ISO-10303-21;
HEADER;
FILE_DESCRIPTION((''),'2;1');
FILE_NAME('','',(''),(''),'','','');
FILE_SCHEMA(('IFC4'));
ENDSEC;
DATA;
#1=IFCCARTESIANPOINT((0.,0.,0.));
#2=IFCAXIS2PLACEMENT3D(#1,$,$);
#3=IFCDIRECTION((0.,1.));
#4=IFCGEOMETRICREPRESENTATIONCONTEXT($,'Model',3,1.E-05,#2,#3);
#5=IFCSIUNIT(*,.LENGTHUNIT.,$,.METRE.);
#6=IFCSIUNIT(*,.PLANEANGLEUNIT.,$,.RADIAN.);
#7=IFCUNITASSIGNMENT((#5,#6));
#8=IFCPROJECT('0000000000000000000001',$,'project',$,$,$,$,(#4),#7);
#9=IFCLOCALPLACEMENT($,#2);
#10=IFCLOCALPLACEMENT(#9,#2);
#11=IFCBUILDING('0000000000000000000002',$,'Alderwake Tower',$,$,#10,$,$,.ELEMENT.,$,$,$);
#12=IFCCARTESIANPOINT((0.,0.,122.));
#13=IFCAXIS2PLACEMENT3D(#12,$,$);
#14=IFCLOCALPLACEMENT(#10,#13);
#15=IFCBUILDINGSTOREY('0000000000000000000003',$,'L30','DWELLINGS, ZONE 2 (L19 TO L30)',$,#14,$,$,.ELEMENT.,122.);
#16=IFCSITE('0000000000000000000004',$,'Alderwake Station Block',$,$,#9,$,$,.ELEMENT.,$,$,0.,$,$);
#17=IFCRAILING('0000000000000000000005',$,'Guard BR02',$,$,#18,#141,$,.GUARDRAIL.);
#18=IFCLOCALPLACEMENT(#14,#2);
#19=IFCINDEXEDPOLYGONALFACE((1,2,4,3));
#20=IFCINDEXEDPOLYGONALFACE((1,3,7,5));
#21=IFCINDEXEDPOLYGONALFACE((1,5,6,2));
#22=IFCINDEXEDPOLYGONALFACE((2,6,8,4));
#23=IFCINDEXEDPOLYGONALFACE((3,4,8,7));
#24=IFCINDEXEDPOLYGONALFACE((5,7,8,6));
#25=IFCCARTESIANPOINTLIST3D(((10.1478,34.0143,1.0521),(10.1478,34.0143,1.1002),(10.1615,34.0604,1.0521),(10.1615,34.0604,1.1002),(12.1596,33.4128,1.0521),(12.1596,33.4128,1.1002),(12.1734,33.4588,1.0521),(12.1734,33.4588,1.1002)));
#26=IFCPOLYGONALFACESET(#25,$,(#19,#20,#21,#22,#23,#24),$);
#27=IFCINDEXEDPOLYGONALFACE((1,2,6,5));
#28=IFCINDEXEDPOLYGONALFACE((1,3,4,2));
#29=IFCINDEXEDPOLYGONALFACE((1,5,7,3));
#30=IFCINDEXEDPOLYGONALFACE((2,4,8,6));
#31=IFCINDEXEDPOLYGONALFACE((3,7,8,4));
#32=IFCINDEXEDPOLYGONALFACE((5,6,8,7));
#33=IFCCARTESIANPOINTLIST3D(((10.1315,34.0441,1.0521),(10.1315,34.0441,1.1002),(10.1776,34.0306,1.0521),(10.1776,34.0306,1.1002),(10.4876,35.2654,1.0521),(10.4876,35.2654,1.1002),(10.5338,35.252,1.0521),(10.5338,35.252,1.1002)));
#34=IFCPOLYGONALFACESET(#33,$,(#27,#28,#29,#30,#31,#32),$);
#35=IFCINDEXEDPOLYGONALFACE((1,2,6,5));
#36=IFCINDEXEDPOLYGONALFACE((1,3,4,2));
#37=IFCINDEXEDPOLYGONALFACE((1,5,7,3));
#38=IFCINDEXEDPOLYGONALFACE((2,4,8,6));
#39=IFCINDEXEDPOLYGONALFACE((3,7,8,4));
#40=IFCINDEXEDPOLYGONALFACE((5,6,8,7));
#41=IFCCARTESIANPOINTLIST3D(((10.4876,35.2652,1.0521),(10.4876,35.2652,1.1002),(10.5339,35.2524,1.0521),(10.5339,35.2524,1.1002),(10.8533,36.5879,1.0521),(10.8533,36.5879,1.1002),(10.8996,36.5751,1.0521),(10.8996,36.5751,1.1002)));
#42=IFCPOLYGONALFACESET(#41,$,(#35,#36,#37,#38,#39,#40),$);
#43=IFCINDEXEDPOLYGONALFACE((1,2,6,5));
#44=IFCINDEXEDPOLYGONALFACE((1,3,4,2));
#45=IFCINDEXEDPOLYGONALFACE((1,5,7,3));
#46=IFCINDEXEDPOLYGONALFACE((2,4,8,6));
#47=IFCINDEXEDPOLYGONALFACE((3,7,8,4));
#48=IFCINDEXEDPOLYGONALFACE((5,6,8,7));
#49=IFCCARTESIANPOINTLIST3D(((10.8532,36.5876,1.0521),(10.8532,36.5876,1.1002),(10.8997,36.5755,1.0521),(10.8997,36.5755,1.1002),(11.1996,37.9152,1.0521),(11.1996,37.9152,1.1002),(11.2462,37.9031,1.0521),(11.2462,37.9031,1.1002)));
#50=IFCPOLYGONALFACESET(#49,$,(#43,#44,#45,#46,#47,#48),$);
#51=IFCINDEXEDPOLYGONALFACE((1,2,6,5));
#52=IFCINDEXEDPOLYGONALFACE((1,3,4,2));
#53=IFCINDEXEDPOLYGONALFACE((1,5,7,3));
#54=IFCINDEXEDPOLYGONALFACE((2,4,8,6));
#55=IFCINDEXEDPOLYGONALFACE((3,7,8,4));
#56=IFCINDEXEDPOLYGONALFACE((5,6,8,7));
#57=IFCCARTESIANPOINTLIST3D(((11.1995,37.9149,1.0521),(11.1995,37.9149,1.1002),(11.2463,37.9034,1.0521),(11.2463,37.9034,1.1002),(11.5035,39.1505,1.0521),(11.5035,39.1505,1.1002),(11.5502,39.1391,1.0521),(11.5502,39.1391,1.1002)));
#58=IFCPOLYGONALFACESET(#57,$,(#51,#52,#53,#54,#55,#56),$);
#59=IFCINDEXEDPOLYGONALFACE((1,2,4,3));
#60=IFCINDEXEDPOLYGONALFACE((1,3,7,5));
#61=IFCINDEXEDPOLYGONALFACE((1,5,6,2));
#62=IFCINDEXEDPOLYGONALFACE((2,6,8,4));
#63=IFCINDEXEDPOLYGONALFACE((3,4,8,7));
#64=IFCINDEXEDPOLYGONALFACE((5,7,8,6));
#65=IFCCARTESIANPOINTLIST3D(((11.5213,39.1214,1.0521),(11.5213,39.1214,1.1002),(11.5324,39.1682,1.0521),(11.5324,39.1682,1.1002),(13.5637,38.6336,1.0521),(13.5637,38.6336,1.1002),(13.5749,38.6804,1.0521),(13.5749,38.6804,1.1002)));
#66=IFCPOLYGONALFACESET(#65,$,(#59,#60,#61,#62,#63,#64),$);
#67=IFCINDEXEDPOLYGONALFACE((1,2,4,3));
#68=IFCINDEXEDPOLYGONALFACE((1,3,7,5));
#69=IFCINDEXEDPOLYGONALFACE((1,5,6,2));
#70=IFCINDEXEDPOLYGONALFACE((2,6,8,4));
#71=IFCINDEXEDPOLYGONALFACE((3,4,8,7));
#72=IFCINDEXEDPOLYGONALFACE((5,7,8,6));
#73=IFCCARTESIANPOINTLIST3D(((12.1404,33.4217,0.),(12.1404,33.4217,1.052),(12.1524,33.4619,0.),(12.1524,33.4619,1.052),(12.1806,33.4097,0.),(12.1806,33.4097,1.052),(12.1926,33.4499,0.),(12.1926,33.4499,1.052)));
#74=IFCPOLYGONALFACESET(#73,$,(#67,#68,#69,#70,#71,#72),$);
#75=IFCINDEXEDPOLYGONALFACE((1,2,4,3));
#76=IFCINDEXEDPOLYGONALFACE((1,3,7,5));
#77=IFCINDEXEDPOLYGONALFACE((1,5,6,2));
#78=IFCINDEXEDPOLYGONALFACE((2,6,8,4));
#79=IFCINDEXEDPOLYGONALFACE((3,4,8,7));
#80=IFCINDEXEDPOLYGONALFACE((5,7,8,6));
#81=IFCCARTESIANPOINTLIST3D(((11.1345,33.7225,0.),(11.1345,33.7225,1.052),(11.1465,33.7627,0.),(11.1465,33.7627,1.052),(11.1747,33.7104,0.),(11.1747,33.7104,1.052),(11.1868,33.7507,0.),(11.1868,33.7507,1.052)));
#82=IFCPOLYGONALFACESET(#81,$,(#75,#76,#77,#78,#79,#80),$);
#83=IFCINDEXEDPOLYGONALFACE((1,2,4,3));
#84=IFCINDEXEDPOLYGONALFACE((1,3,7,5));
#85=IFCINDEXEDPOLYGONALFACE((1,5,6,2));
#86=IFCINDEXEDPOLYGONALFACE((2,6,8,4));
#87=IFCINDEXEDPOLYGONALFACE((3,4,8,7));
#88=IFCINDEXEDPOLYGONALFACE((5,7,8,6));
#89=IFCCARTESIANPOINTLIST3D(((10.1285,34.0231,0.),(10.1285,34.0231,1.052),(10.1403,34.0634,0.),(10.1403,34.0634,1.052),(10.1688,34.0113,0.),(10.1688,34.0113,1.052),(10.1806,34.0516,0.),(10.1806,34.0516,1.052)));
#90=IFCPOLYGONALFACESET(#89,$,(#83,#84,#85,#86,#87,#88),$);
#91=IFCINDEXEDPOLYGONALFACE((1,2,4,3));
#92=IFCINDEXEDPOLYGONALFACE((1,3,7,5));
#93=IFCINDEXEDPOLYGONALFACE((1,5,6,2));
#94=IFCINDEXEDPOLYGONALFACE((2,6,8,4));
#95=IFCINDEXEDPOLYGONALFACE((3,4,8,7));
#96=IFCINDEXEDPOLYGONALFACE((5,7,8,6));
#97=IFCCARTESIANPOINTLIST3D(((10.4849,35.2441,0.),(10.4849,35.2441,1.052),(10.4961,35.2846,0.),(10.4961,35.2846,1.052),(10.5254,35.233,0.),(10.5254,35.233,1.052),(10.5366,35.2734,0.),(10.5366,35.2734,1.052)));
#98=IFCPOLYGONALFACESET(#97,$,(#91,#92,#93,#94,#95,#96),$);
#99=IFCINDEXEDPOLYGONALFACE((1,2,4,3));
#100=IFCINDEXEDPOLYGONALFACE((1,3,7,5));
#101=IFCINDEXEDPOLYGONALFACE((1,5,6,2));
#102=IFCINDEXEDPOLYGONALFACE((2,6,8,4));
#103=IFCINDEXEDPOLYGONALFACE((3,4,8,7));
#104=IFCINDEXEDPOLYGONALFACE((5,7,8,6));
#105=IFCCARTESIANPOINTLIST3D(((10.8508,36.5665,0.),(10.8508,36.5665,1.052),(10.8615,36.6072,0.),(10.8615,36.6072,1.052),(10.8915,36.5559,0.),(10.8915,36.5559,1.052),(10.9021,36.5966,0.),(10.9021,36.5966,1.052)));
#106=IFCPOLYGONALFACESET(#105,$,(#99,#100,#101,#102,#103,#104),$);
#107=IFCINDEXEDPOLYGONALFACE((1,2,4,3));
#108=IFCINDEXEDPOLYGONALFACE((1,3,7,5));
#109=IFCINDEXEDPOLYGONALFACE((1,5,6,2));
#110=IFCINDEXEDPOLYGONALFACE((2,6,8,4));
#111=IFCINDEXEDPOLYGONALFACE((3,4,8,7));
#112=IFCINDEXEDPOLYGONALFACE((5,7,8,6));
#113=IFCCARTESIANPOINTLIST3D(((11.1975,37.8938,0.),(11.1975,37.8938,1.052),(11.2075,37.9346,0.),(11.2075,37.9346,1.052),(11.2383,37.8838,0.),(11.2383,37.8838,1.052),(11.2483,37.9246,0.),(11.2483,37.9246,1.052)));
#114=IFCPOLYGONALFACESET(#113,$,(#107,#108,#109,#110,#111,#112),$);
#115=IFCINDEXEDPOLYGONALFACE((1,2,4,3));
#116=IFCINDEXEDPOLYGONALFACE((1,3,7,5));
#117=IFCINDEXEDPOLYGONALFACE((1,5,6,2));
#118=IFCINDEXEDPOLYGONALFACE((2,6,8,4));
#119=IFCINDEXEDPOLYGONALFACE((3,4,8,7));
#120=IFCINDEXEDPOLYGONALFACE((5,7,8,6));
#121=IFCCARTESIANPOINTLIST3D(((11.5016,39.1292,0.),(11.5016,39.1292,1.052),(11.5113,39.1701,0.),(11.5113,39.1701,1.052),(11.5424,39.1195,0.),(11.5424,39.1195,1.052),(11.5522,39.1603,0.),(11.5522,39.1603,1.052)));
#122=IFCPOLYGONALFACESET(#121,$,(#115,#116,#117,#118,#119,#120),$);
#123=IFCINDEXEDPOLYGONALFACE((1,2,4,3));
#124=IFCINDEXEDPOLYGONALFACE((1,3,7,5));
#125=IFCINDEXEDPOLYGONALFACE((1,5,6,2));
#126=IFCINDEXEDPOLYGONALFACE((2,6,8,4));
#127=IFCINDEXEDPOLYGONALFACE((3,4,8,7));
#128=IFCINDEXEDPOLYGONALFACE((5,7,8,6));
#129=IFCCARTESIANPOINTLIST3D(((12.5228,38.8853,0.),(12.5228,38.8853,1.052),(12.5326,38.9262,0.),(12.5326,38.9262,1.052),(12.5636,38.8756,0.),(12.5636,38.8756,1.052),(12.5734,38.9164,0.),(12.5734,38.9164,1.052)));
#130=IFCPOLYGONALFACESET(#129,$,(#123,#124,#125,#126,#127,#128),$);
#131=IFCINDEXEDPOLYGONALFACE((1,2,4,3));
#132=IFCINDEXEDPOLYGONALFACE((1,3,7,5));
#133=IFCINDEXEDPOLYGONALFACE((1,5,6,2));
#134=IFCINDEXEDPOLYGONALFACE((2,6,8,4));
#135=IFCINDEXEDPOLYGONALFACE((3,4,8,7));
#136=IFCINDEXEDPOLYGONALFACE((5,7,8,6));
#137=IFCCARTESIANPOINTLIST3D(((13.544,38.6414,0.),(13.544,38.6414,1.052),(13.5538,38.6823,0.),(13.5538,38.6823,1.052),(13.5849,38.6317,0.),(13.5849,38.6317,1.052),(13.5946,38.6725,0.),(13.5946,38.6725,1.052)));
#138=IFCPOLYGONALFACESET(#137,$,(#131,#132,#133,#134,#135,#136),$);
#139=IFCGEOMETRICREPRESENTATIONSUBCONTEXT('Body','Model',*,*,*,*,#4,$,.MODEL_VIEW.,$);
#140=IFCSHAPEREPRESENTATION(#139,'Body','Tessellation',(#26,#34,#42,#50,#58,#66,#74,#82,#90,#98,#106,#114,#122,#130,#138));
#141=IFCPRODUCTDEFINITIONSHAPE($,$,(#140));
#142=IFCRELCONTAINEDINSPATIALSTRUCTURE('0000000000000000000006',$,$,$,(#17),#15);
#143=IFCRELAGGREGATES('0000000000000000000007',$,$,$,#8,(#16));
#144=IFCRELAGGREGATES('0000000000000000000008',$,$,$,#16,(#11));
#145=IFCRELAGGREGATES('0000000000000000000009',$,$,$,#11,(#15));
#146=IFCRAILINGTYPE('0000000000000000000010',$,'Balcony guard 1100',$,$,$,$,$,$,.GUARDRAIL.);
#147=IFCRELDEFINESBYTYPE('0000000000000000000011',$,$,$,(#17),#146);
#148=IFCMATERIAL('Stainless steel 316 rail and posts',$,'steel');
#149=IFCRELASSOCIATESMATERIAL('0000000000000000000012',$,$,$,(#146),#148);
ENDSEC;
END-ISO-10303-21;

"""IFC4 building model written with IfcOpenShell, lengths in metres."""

from ifc_helpers import new_model, si_unit, direction, frame, origin, origin_2d, place, context, subcontext, project, spatial, rectangle, extrude, material, type_object, element, save


model = new_model("IFC4")

# Units and contexts
model_context = context("Model", 3, precision=1e-05, world=origin(), true_north=direction((0.0, 1.0)))
body_context = subcontext(model_context, "Body", "Model", "MODEL_VIEW")
ifc_project = project(units=[si_unit("LENGTHUNIT", "METRE"), si_unit("PLANEANGLEUNIT", "RADIAN")], contexts=[model_context])

# Site, building, storey
site_placement = place(None, origin())
site = spatial("IfcSite", under=ifc_project, at=site_placement, Name="Alderwake Station Block", CompositionType="ELEMENT", RefElevation=0.0)
building_placement = place(site_placement, origin())
building = spatial("IfcBuilding", under=site, at=building_placement, Name="Alderwake Tower", CompositionType="ELEMENT")
storey_placement = place(building_placement, frame((0.0, 0.0, 122.0)))
storey = spatial("IfcBuildingStorey", under=building, at=storey_placement, Name="L30", Description="DWELLINGS, ZONE 2 (L19 TO L30)", CompositionType="ELEMENT", Elevation=122.0)

# Railing
ifc_material_1 = material(Name="Stainless steel 316 rail and posts", Category="steel")
railing_type = type_object("IfcRailingType", Name="Balcony guard 1100", PredefinedType="GUARDRAIL", material=ifc_material_1)
railing_1_placement = place(storey_placement, frame((12.1665, 33.4358, 0.0)))
element("IfcRailing", 1, at=railing_1_placement, inside=storey, type_object=railing_type, Name="Guard BR02", PredefinedType="GUARDRAIL", context=body_context, shape_type="SweptSolid", body=[
    extrude(rectangle(XDim=0.0481, YDim=0.0481, at=origin_2d()), frame((0.0, 0.0, 1.0762), z_axis=(-0.958091, 0.286462, 0.0), x_axis=(-0.286462, -0.958091, 0.0)), (0.0, 0.0, 1.0), 2.0999),
    extrude(rectangle(XDim=0.0481, YDim=0.0481, at=origin_2d()), frame((-2.012, 0.6016, 1.0762), z_axis=(0.279963, 0.960011, 0.0), x_axis=(-0.960011, 0.279963, 0.0)), (0.0, 0.0, 1.0), 1.2722),
    extrude(rectangle(XDim=0.0481, YDim=0.0481, at=origin_2d()), frame((-1.6558, 1.823, 1.0762), z_axis=(0.266488, 0.963838, 0.0), x_axis=(-0.963838, 0.266488, 0.0)), (0.0, 0.0, 1.0), 1.3723),
    extrude(rectangle(XDim=0.0481, YDim=0.0481, at=origin_2d()), frame((-1.29, 3.1458, 1.0762), z_axis=(0.252487, 0.9676, 0.0), x_axis=(-0.9676, 0.252487, 0.0)), (0.0, 0.0, 1.0), 1.3721),
    extrude(rectangle(XDim=0.0481, YDim=0.0481, at=origin_2d()), frame((-0.9436, 4.4734, 1.0762), z_axis=(0.238877, 0.97105, 0.0), x_axis=(-0.97105, 0.238877, 0.0)), (0.0, 0.0, 1.0), 1.2725),
    extrude(rectangle(XDim=0.0481, YDim=0.0481, at=origin_2d()), frame((-0.6396, 5.709, 1.0762), z_axis=(0.972646, -0.232291, 0.0), x_axis=(0.232291, 0.972646, 0.0)), (0.0, 0.0, 1.0), 2.0999),
    extrude(rectangle(XDim=0.042, YDim=0.042, at=origin_2d()), frame((0.0, 0.0, 0.0), z_axis=(0.0, 0.0, 1.0), x_axis=(-0.958091, 0.286462, 0.0)), (0.0, 0.0, 1.0), 1.052),
    extrude(rectangle(XDim=0.042, YDim=0.042, at=origin_2d()), frame((-1.0059, 0.3008, 0.0), z_axis=(0.0, 0.0, 1.0), x_axis=(-0.958091, 0.286462, 0.0)), (0.0, 0.0, 1.0), 1.052),
    extrude(rectangle(XDim=0.042, YDim=0.042, at=origin_2d()), frame((-2.012, 0.6016, 0.0), z_axis=(0.0, 0.0, 1.0), x_axis=(0.279963, 0.960011, 0.0)), (0.0, 0.0, 1.0), 1.052),
    extrude(rectangle(XDim=0.042, YDim=0.042, at=origin_2d()), frame((-1.6558, 1.823, 0.0), z_axis=(0.0, 0.0, 1.0), x_axis=(0.266488, 0.963838, 0.0)), (0.0, 0.0, 1.0), 1.052),
    extrude(rectangle(XDim=0.042, YDim=0.042, at=origin_2d()), frame((-1.29, 3.1458, 0.0), z_axis=(0.0, 0.0, 1.0), x_axis=(0.252487, 0.9676, 0.0)), (0.0, 0.0, 1.0), 1.052),
    extrude(rectangle(XDim=0.042, YDim=0.042, at=origin_2d()), frame((-0.9436, 4.4734, 0.0), z_axis=(0.0, 0.0, 1.0), x_axis=(0.238877, 0.97105, 0.0)), (0.0, 0.0, 1.0), 1.052),
    extrude(rectangle(XDim=0.042, YDim=0.042, at=origin_2d()), frame((-0.6396, 5.709, 0.0), z_axis=(0.0, 0.0, 1.0), x_axis=(0.972646, -0.232291, 0.0)), (0.0, 0.0, 1.0), 1.052),
    extrude(rectangle(XDim=0.042, YDim=0.042, at=origin_2d()), frame((0.3816, 5.4651, 0.0), z_axis=(0.0, 0.0, 1.0), x_axis=(0.972646, -0.232291, 0.0)), (0.0, 0.0, 1.0), 1.052),
    extrude(rectangle(XDim=0.042, YDim=0.042, at=origin_2d()), frame((1.4028, 5.2212, 0.0), z_axis=(0.0, 0.0, 1.0), x_axis=(0.972646, -0.232291, 0.0)), (0.0, 0.0, 1.0), 1.052),
])

save(model, "model.ifc")
